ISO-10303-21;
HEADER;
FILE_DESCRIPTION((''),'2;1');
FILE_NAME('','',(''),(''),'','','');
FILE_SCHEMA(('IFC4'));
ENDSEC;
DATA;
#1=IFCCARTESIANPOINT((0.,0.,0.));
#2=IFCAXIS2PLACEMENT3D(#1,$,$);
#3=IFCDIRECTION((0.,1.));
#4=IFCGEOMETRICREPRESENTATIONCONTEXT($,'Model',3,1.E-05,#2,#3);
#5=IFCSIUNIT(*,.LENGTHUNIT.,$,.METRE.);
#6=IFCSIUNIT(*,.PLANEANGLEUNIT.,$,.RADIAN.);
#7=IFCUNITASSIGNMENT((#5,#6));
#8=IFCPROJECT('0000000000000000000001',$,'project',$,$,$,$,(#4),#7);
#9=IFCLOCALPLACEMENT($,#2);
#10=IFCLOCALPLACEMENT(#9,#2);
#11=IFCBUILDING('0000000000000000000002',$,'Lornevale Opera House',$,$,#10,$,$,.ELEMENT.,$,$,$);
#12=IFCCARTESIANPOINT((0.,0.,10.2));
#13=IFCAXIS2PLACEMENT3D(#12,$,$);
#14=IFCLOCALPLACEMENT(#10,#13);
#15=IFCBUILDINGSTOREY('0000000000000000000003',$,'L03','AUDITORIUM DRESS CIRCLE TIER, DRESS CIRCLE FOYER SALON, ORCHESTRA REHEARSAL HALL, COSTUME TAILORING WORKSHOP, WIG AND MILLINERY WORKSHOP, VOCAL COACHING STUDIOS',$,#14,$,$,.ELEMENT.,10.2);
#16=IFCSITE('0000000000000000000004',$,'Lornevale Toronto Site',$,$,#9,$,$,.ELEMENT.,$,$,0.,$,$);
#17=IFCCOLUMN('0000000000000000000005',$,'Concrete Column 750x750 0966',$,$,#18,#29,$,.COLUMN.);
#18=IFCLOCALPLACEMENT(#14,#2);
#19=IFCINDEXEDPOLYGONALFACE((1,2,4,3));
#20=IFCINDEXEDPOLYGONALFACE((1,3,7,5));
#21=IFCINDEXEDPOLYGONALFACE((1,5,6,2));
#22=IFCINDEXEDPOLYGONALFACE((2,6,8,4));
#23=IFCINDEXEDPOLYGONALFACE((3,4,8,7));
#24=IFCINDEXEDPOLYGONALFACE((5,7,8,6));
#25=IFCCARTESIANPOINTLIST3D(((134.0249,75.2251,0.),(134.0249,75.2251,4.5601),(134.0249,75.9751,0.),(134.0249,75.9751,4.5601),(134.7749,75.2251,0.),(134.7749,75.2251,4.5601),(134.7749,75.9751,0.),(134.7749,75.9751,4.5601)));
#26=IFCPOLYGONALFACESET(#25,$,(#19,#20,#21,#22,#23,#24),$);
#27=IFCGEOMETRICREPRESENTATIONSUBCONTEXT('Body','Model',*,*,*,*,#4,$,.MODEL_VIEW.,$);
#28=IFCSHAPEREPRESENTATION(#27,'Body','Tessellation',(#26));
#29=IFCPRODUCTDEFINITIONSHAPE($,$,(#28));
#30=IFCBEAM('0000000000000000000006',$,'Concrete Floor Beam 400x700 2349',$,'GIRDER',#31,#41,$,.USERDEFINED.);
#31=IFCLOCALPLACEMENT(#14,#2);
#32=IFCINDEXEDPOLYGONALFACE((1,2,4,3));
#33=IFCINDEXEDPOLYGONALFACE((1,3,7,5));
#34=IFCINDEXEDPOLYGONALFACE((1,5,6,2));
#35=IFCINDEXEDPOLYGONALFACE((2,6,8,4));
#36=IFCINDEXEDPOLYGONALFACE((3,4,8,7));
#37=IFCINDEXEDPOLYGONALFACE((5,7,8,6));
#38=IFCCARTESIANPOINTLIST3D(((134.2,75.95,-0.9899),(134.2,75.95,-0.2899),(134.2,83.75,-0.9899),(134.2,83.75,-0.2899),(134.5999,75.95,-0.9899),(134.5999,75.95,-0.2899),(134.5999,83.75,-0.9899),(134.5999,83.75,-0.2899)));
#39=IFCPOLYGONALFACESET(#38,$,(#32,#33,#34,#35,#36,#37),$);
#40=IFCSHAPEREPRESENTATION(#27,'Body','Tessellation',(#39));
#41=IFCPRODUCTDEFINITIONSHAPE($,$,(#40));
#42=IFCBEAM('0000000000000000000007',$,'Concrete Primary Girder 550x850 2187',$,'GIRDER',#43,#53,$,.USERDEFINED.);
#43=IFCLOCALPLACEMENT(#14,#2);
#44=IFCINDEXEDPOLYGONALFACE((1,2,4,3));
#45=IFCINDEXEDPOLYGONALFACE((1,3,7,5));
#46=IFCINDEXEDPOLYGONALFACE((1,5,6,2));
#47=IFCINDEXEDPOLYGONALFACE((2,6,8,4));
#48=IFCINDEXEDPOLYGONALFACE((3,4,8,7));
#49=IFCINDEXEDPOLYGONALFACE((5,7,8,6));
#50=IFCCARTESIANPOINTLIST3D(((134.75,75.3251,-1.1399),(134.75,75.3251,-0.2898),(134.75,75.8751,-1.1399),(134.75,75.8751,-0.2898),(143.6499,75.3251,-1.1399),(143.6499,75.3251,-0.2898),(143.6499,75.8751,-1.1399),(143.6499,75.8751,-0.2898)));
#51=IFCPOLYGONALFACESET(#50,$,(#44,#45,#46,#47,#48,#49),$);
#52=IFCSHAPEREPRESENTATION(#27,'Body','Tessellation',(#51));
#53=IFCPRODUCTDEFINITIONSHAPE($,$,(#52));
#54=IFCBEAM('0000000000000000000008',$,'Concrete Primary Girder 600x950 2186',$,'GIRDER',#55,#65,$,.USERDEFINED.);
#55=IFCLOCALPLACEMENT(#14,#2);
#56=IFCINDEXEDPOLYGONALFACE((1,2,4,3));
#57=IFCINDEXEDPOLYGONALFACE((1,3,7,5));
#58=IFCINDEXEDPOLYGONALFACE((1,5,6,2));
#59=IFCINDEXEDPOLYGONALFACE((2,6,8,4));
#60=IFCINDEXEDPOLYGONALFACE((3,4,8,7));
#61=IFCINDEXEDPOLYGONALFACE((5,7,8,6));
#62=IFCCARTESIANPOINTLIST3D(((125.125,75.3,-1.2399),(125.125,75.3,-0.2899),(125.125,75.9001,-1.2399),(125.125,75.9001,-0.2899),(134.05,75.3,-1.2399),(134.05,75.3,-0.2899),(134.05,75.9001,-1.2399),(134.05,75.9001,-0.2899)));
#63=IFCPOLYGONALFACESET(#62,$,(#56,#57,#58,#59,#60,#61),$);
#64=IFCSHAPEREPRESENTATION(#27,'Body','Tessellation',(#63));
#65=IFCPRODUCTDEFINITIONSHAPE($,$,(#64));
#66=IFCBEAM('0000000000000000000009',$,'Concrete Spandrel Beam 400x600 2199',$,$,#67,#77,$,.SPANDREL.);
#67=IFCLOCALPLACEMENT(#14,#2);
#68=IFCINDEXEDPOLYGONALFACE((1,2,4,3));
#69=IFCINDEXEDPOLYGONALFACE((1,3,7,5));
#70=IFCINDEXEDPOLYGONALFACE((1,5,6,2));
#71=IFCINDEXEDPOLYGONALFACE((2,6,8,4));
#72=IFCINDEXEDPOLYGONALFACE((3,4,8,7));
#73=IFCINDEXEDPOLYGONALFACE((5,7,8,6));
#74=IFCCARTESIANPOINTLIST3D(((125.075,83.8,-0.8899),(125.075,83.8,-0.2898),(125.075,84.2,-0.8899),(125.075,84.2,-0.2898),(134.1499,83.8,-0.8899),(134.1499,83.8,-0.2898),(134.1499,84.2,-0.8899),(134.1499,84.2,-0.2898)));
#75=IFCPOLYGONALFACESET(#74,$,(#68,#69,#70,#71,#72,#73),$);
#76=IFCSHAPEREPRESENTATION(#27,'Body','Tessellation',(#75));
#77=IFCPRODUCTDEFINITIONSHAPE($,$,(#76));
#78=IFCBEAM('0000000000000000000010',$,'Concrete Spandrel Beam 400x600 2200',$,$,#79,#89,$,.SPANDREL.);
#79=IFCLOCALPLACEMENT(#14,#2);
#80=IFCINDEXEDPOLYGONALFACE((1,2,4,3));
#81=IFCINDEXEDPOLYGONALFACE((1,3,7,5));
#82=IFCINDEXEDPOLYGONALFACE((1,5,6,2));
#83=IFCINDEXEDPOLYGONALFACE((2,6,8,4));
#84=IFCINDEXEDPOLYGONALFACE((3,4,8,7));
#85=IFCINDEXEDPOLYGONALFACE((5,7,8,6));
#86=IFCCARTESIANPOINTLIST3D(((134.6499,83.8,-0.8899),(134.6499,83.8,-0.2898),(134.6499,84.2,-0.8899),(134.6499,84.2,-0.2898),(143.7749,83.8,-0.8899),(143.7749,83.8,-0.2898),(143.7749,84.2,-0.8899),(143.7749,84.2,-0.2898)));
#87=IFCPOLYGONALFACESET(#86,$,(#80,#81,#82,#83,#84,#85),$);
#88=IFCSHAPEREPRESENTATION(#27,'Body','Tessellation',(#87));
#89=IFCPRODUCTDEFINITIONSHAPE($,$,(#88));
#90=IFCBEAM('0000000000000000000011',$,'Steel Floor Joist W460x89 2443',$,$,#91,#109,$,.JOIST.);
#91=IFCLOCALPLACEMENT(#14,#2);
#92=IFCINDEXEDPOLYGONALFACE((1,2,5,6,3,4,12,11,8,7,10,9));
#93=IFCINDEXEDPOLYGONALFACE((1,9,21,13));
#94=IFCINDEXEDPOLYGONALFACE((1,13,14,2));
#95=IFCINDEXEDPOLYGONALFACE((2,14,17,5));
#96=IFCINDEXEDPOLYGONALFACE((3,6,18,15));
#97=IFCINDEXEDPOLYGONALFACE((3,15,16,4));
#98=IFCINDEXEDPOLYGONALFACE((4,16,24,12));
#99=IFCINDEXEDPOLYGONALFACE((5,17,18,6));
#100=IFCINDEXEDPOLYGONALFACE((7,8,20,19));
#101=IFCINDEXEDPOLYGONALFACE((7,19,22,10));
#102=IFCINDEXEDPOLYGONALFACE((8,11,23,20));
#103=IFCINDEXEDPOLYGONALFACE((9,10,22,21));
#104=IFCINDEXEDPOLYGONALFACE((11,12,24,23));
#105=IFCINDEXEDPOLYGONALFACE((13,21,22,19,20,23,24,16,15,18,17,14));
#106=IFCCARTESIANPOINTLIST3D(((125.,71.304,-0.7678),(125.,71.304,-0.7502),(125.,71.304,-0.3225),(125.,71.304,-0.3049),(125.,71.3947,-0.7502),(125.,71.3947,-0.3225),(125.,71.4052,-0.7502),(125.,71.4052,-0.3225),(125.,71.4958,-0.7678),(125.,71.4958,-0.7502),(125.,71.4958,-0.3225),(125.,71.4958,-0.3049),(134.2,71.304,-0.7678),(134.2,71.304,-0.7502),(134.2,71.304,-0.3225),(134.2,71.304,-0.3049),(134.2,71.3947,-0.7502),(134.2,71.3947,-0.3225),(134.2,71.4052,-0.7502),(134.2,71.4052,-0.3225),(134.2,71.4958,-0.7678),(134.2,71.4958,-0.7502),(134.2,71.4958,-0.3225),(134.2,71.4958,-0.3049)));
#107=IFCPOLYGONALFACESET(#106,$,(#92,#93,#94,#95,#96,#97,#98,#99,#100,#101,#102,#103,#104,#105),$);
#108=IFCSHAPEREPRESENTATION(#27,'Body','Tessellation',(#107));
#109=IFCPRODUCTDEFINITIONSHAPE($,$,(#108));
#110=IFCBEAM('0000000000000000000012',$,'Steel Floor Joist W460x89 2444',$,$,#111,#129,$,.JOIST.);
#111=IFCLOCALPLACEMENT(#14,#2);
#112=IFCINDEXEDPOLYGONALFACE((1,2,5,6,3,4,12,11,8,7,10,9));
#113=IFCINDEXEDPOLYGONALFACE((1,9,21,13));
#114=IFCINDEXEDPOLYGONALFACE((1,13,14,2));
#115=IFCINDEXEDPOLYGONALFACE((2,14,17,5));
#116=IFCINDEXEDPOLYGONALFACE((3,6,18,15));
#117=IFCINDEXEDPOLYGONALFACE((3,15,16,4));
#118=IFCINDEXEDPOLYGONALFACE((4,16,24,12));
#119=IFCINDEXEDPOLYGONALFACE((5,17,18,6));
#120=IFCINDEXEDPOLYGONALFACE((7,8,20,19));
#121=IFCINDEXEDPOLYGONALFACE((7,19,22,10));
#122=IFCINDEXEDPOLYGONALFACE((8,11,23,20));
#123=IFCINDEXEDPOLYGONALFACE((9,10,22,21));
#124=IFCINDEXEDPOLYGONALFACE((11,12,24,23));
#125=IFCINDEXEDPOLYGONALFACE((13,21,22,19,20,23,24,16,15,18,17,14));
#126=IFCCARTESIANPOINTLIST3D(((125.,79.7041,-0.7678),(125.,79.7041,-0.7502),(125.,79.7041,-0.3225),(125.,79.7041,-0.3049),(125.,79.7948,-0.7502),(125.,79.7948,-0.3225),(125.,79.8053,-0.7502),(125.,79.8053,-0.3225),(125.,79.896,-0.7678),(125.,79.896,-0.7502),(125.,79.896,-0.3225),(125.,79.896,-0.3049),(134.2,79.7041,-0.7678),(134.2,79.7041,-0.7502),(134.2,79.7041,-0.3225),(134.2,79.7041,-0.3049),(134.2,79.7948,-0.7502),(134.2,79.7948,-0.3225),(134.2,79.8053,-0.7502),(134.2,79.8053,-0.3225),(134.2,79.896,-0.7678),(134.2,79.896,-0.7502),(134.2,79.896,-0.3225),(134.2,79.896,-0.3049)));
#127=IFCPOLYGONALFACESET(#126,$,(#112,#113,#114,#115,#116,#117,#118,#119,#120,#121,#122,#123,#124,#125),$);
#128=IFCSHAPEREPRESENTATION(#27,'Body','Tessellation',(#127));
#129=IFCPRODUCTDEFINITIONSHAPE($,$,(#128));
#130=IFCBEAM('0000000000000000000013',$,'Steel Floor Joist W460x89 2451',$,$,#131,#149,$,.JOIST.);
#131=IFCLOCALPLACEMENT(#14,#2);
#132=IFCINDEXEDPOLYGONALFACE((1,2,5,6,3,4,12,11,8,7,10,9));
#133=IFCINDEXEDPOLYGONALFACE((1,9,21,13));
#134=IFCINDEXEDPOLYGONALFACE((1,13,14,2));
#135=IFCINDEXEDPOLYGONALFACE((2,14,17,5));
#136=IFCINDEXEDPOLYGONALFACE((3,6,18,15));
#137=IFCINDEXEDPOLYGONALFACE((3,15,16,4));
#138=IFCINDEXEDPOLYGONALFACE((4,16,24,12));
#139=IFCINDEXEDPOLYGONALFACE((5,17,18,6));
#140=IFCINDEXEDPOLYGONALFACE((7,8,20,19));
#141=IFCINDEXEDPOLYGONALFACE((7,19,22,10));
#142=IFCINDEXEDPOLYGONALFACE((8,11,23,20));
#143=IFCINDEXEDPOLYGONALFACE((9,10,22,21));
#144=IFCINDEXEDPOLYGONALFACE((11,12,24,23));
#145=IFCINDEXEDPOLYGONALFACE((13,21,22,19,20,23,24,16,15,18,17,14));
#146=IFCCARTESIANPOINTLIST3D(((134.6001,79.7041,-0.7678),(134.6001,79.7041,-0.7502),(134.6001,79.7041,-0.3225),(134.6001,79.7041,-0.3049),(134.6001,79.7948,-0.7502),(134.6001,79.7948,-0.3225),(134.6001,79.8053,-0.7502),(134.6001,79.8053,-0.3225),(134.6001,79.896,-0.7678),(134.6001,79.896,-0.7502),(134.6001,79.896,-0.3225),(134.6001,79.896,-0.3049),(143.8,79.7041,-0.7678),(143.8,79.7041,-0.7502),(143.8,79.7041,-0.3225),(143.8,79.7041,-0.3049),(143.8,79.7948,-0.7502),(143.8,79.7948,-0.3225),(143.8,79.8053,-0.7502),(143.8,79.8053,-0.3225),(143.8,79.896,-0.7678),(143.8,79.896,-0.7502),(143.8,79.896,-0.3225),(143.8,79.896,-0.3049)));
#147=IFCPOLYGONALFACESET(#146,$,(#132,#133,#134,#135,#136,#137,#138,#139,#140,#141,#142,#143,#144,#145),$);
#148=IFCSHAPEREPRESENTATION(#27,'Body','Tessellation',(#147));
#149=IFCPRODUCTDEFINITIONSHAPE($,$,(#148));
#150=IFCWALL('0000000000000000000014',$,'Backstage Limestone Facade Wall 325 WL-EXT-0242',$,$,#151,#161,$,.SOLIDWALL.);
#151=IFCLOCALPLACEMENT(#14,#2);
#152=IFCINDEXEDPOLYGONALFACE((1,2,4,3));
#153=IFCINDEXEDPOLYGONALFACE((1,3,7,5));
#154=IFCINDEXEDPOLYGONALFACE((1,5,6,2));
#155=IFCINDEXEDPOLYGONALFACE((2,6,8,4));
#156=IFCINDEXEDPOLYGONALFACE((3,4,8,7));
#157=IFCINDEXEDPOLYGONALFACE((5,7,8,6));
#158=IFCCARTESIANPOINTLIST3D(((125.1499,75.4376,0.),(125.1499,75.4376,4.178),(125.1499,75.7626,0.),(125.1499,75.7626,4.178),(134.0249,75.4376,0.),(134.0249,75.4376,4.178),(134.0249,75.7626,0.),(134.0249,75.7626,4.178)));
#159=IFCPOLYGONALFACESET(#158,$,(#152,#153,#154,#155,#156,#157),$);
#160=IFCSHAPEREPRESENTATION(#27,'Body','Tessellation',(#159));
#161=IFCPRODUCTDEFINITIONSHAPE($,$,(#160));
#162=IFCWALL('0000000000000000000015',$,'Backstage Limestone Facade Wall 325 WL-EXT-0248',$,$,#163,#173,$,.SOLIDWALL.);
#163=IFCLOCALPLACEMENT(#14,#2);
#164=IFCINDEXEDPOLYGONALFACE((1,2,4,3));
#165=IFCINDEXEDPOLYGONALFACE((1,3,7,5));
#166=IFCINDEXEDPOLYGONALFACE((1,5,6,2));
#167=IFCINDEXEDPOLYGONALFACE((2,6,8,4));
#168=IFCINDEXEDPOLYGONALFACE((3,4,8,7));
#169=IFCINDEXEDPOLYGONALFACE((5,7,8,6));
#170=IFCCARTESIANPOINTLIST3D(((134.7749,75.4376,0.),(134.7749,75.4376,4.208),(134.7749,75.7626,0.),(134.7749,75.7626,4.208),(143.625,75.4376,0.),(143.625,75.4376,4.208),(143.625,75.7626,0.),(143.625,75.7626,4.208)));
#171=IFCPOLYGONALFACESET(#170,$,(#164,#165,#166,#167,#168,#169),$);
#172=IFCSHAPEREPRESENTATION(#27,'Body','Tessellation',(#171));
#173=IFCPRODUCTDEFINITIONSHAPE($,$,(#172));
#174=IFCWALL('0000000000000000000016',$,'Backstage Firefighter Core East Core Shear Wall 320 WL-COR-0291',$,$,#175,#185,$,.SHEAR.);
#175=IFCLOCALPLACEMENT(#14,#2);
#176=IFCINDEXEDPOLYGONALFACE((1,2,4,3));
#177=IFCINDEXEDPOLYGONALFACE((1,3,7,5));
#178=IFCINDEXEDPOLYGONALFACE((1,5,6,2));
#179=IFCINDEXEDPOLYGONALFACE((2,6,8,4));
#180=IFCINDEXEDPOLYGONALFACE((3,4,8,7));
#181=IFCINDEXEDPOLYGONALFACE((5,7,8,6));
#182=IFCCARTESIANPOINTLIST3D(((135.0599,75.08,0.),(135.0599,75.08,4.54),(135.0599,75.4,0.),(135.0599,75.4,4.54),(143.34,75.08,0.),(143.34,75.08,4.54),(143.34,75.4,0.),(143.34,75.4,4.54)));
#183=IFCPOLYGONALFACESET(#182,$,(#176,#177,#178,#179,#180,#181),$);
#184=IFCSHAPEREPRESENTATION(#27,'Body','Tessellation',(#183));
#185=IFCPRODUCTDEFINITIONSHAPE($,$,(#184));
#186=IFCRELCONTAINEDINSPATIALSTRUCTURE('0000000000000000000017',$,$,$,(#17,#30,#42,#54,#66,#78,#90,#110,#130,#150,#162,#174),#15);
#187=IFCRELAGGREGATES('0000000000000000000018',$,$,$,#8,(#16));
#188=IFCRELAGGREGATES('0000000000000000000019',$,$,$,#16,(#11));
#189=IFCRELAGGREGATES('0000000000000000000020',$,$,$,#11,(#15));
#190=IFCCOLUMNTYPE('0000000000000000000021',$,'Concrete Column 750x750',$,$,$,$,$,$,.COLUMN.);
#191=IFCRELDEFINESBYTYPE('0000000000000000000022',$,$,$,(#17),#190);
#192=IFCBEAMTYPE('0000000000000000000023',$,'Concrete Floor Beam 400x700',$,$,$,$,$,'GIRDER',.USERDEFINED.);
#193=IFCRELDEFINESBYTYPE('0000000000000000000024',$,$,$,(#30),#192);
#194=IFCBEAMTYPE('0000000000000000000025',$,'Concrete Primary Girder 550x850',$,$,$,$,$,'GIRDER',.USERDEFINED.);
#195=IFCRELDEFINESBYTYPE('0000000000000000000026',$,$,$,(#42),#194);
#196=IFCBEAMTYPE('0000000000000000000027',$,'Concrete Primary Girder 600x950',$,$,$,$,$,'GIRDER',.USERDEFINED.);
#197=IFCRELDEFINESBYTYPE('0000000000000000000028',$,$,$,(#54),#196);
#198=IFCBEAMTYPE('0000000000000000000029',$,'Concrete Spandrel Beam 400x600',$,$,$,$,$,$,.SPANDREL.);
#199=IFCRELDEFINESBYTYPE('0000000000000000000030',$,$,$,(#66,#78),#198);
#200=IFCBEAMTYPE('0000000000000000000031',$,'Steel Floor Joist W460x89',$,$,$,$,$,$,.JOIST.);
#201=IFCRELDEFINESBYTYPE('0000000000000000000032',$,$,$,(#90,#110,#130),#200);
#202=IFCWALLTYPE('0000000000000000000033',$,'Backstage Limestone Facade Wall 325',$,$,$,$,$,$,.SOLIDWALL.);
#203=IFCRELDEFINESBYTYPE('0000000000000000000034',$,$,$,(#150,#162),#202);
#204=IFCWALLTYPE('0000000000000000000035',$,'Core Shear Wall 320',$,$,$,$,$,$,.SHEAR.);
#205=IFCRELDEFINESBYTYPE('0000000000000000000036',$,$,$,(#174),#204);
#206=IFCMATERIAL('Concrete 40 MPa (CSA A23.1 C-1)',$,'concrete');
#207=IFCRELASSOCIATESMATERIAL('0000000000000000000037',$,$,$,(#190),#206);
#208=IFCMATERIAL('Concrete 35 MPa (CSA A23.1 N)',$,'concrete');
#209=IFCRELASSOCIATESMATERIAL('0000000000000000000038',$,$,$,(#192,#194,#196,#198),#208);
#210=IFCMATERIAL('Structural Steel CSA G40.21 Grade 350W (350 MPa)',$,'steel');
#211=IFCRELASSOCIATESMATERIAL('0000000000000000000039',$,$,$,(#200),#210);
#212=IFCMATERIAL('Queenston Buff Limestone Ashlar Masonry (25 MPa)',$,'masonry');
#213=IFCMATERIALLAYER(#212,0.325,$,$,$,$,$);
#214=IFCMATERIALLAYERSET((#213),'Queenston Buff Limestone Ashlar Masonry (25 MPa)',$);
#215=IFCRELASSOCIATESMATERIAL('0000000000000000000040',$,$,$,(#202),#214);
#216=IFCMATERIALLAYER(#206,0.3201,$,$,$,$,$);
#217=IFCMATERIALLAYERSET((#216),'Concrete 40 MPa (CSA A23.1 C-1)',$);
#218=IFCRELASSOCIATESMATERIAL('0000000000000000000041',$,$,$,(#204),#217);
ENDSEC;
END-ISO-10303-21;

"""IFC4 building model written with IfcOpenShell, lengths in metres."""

from ifc_helpers import new_model, si_unit, direction, frame, frame_2d, origin, origin_2d, place, context, subcontext, project, spatial, rectangle, i_section, extrude, material, layer, layer_set, material_profile, profile_set, type_object, element, save


model = new_model("IFC4")

# Units and contexts
model_context = context("Model", 3, precision=1e-05, world=origin(), true_north=direction((0.0, 1.0)))
body_context = subcontext(model_context, "Body", "Model", "MODEL_VIEW")
ifc_project = project(units=[si_unit("LENGTHUNIT", "METRE"), si_unit("PLANEANGLEUNIT", "RADIAN")], contexts=[model_context])

# Site, building, storey
site_placement = place(None, origin())
site = spatial("IfcSite", under=ifc_project, at=site_placement, Name="Lornevale Toronto Site", CompositionType="ELEMENT", RefElevation=0.0)
building_placement = place(site_placement, origin())
building = spatial("IfcBuilding", under=site, at=building_placement, Name="Lornevale Opera House", CompositionType="ELEMENT")
storey_placement = place(building_placement, frame((0.0, 0.0, 10.2)))
storey = spatial("IfcBuildingStorey", under=building, at=storey_placement, Name="L03", Description="AUDITORIUM DRESS CIRCLE TIER, DRESS CIRCLE FOYER SALON, ORCHESTRA REHEARSAL HALL, COSTUME TAILORING WORKSHOP, WIG AND MILLINERY WORKSHOP, VOCAL COACHING STUDIOS", CompositionType="ELEMENT", Elevation=10.2)

# Column
ifc_material_1 = material(Name="Concrete 40 MPa (CSA A23.1 C-1)", Category="concrete")
ifc_material_profile_1 = material_profile(ifc_material_1, rectangle(XDim=0.75, YDim=0.75, at=origin_2d()), Name="RC750x750")
ifc_profile_set_1 = profile_set([ifc_material_profile_1], Name="Concrete 40 MPa (CSA A23.1 C-1)")
column_type = type_object("IfcColumnType", Name="Concrete Column 750x750", PredefinedType="COLUMN", material=ifc_profile_set_1)
column_placement = place(storey_placement, frame((134.3999, 75.6001, 0.0), z_axis=(0.0, 0.0, 1.0), x_axis=(1.0, 0.0, 0.0)))
element("IfcColumn", 1, at=column_placement, inside=storey, type_object=column_type, Name="Concrete Column 750x750 0966", PredefinedType="COLUMN", context=body_context, shape_type="SweptSolid", body=[
    extrude(rectangle(XDim=0.75, YDim=0.75, at=origin_2d()), origin(), (0.0, 0.0, 1.0), 4.5601),
])

# Beams
ifc_material_2 = material(Name="Concrete 35 MPa (CSA A23.1 N)", Category="concrete")
ifc_material_profile_2 = material_profile(ifc_material_2, rectangle(XDim=0.3999, YDim=0.7, at=origin_2d()), Name="RC400x700")
ifc_profile_set_2 = profile_set([ifc_material_profile_2], Name="Concrete 35 MPa (CSA A23.1 N)")
beam_type_1 = type_object("IfcBeamType", Name="Concrete Floor Beam 400x700", ElementType="GIRDER", PredefinedType="USERDEFINED", material=ifc_profile_set_2)
beam_1_placement = place(storey_placement, frame((134.3999, 75.95, -0.6399), z_axis=(0.0, 1.0, 0.0), x_axis=(-1.0, 0.0, 0.0)))
element("IfcBeam", 2, at=beam_1_placement, inside=storey, type_object=beam_type_1, Name="Concrete Floor Beam 400x700 2349", ObjectType="GIRDER", PredefinedType="USERDEFINED", context=body_context, shape_type="SweptSolid", body=[
    extrude(rectangle(XDim=0.3999, YDim=0.7, at=origin_2d()), origin(), (0.0, 0.0, 1.0), 7.8),
])
ifc_material_profile_3 = material_profile(ifc_material_2, rectangle(XDim=0.55, YDim=0.8501, at=origin_2d()), Name="RC550x850")
ifc_profile_set_3 = profile_set([ifc_material_profile_3], Name="Concrete 35 MPa (CSA A23.1 N)")
beam_type_2 = type_object("IfcBeamType", Name="Concrete Primary Girder 550x850", ElementType="GIRDER", PredefinedType="USERDEFINED", material=ifc_profile_set_3)
beam_2_placement = place(storey_placement, frame((134.75, 75.6001, -0.7148), z_axis=(1.0, 0.0, 0.0), x_axis=(0.0, 1.0, 0.0)))
element("IfcBeam", 3, at=beam_2_placement, inside=storey, type_object=beam_type_2, Name="Concrete Primary Girder 550x850 2187", ObjectType="GIRDER", PredefinedType="USERDEFINED", context=body_context, shape_type="SweptSolid", body=[
    extrude(rectangle(XDim=0.55, YDim=0.8501, at=origin_2d()), origin(), (0.0, 0.0, 1.0), 8.8999),
])
ifc_material_profile_4 = material_profile(ifc_material_2, rectangle(XDim=0.6001, YDim=0.95, at=origin_2d()), Name="RC600x950")
ifc_profile_set_4 = profile_set([ifc_material_profile_4], Name="Concrete 35 MPa (CSA A23.1 N)")
beam_type_3 = type_object("IfcBeamType", Name="Concrete Primary Girder 600x950", ElementType="GIRDER", PredefinedType="USERDEFINED", material=ifc_profile_set_4)
beam_3_placement = place(storey_placement, frame((125.125, 75.6001, -0.7649), z_axis=(1.0, 0.0, 0.0), x_axis=(0.0, 1.0, 0.0)))
element("IfcBeam", 4, at=beam_3_placement, inside=storey, type_object=beam_type_3, Name="Concrete Primary Girder 600x950 2186", ObjectType="GIRDER", PredefinedType="USERDEFINED", context=body_context, shape_type="SweptSolid", body=[
    extrude(rectangle(XDim=0.6001, YDim=0.95, at=origin_2d()), origin(), (0.0, 0.0, 1.0), 8.925),
])
ifc_material_profile_5 = material_profile(ifc_material_2, rectangle(XDim=0.3999, YDim=0.6001, at=origin_2d()), Name="RC400x600")
ifc_profile_set_5 = profile_set([ifc_material_profile_5], Name="Concrete 35 MPa (CSA A23.1 N)")
beam_type_4 = type_object("IfcBeamType", Name="Concrete Spandrel Beam 400x600", PredefinedType="SPANDREL", material=ifc_profile_set_5)
beam_4_placement = place(storey_placement, frame((125.075, 84.0, -0.5898), z_axis=(1.0, 0.0, 0.0), x_axis=(0.0, 1.0, 0.0)))
element("IfcBeam", 5, at=beam_4_placement, inside=storey, type_object=beam_type_4, Name="Concrete Spandrel Beam 400x600 2199", PredefinedType="SPANDREL", context=body_context, shape_type="SweptSolid", body=[
    extrude(rectangle(XDim=0.3999, YDim=0.6001, at=origin_2d()), origin(), (0.0, 0.0, 1.0), 9.075),
])
beam_5_placement = place(storey_placement, frame((134.6499, 84.0, -0.5898), z_axis=(1.0, 0.0, 0.0), x_axis=(0.0, 1.0, 0.0)))
element("IfcBeam", 6, at=beam_5_placement, inside=storey, type_object=beam_type_4, Name="Concrete Spandrel Beam 400x600 2200", PredefinedType="SPANDREL", context=body_context, shape_type="SweptSolid", body=[
    extrude(rectangle(XDim=0.3999, YDim=0.6001, at=origin_2d()), origin(), (0.0, 0.0, 1.0), 9.125),
])
ifc_material_3 = material(Name="Structural Steel CSA G40.21 Grade 350W (350 MPa)", Category="steel")
ifc_material_profile_6 = material_profile(ifc_material_3, i_section(OverallWidth=0.1919, OverallDepth=0.4629, WebThickness=0.0105, FlangeThickness=0.0176, at=origin_2d()), Name="W460x89")
ifc_profile_set_6 = profile_set([ifc_material_profile_6], Name="Structural Steel CSA G40.21 Grade 350W (350 MPa)")
beam_type_5 = type_object("IfcBeamType", Name="Steel Floor Joist W460x89", PredefinedType="JOIST", material=ifc_profile_set_6)
for number, where, z_axis, x_axis, name in (
    (7, (125.0, 71.3999, -0.5364), (1.0, 0.0, 0.0), (0.0, 1.0, 0.0), "Steel Floor Joist W460x89 2443"),
    (8, (125.0, 79.8, -0.5364), (1.0, 0.0, 0.0), (0.0, 1.0, 0.0), "Steel Floor Joist W460x89 2444"),
    (9, (134.6001, 79.8, -0.5364), (1.0, 0.0, 0.0), (0.0, 1.0, 0.0), "Steel Floor Joist W460x89 2451"),
):
    element("IfcBeam", number, at=place(storey_placement, frame(where, z_axis=z_axis, x_axis=x_axis)), inside=storey, type_object=beam_type_5, Name=name, PredefinedType="JOIST", context=body_context, shape_type="SweptSolid", body=[
        extrude(i_section(OverallWidth=0.1919, OverallDepth=0.4629, WebThickness=0.0105, FlangeThickness=0.0176, at=origin_2d()), origin(), (0.0, 0.0, 1.0), 9.2),
    ])

# Walls
ifc_material_4 = material(Name="Queenston Buff Limestone Ashlar Masonry (25 MPa)", Category="masonry")
ifc_layer_1 = layer(ifc_material_4, 0.325)
ifc_layer_set_1 = layer_set([ifc_layer_1], Name="Queenston Buff Limestone Ashlar Masonry (25 MPa)")
wall_type_1 = type_object("IfcWallType", Name="Backstage Limestone Facade Wall 325", PredefinedType="SOLIDWALL", material=ifc_layer_set_1)
wall_1_placement = place(storey_placement, frame((125.1499, 75.6001, 0.0), z_axis=(0.0, 0.0, 1.0), x_axis=(1.0, 0.0, 0.0)))
element("IfcWall", 10, at=wall_1_placement, inside=storey, type_object=wall_type_1, Name="Backstage Limestone Facade Wall 325 WL-EXT-0242", PredefinedType="SOLIDWALL", context=body_context, shape_type="SweptSolid", body=[
    extrude(rectangle(XDim=8.875, YDim=0.325, at=frame_2d((4.4375, 0.0))), origin(), (0.0, 0.0, 1.0), 4.178),
])
wall_2_placement = place(storey_placement, frame((134.7749, 75.6001, 0.0), z_axis=(0.0, 0.0, 1.0), x_axis=(1.0, 0.0, 0.0)))
element("IfcWall", 11, at=wall_2_placement, inside=storey, type_object=wall_type_1, Name="Backstage Limestone Facade Wall 325 WL-EXT-0248", PredefinedType="SOLIDWALL", context=body_context, shape_type="SweptSolid", body=[
    extrude(rectangle(XDim=8.8501, YDim=0.325, at=frame_2d((4.425, 0.0))), origin(), (0.0, 0.0, 1.0), 4.208),
])
ifc_layer_2 = layer(ifc_material_1, 0.3201)
ifc_layer_set_2 = layer_set([ifc_layer_2], Name="Concrete 40 MPa (CSA A23.1 C-1)")
wall_type_2 = type_object("IfcWallType", Name="Core Shear Wall 320", PredefinedType="SHEAR", material=ifc_layer_set_2)
wall_3_placement = place(storey_placement, frame((143.3401, 75.24, 0.0), z_axis=(0.0, 0.0, 1.0), x_axis=(-1.0, 0.0, 0.0)))
element("IfcWall", 12, at=wall_3_placement, inside=storey, type_object=wall_type_2, Name="Backstage Firefighter Core East Core Shear Wall 320 WL-COR-0291", PredefinedType="SHEAR", context=body_context, shape_type="SweptSolid", body=[
    extrude(rectangle(XDim=8.28, YDim=0.3201, at=frame_2d((4.1401, 0.0))), origin(), (0.0, 0.0, 1.0), 4.54),
])

save(model, "model.ifc")
